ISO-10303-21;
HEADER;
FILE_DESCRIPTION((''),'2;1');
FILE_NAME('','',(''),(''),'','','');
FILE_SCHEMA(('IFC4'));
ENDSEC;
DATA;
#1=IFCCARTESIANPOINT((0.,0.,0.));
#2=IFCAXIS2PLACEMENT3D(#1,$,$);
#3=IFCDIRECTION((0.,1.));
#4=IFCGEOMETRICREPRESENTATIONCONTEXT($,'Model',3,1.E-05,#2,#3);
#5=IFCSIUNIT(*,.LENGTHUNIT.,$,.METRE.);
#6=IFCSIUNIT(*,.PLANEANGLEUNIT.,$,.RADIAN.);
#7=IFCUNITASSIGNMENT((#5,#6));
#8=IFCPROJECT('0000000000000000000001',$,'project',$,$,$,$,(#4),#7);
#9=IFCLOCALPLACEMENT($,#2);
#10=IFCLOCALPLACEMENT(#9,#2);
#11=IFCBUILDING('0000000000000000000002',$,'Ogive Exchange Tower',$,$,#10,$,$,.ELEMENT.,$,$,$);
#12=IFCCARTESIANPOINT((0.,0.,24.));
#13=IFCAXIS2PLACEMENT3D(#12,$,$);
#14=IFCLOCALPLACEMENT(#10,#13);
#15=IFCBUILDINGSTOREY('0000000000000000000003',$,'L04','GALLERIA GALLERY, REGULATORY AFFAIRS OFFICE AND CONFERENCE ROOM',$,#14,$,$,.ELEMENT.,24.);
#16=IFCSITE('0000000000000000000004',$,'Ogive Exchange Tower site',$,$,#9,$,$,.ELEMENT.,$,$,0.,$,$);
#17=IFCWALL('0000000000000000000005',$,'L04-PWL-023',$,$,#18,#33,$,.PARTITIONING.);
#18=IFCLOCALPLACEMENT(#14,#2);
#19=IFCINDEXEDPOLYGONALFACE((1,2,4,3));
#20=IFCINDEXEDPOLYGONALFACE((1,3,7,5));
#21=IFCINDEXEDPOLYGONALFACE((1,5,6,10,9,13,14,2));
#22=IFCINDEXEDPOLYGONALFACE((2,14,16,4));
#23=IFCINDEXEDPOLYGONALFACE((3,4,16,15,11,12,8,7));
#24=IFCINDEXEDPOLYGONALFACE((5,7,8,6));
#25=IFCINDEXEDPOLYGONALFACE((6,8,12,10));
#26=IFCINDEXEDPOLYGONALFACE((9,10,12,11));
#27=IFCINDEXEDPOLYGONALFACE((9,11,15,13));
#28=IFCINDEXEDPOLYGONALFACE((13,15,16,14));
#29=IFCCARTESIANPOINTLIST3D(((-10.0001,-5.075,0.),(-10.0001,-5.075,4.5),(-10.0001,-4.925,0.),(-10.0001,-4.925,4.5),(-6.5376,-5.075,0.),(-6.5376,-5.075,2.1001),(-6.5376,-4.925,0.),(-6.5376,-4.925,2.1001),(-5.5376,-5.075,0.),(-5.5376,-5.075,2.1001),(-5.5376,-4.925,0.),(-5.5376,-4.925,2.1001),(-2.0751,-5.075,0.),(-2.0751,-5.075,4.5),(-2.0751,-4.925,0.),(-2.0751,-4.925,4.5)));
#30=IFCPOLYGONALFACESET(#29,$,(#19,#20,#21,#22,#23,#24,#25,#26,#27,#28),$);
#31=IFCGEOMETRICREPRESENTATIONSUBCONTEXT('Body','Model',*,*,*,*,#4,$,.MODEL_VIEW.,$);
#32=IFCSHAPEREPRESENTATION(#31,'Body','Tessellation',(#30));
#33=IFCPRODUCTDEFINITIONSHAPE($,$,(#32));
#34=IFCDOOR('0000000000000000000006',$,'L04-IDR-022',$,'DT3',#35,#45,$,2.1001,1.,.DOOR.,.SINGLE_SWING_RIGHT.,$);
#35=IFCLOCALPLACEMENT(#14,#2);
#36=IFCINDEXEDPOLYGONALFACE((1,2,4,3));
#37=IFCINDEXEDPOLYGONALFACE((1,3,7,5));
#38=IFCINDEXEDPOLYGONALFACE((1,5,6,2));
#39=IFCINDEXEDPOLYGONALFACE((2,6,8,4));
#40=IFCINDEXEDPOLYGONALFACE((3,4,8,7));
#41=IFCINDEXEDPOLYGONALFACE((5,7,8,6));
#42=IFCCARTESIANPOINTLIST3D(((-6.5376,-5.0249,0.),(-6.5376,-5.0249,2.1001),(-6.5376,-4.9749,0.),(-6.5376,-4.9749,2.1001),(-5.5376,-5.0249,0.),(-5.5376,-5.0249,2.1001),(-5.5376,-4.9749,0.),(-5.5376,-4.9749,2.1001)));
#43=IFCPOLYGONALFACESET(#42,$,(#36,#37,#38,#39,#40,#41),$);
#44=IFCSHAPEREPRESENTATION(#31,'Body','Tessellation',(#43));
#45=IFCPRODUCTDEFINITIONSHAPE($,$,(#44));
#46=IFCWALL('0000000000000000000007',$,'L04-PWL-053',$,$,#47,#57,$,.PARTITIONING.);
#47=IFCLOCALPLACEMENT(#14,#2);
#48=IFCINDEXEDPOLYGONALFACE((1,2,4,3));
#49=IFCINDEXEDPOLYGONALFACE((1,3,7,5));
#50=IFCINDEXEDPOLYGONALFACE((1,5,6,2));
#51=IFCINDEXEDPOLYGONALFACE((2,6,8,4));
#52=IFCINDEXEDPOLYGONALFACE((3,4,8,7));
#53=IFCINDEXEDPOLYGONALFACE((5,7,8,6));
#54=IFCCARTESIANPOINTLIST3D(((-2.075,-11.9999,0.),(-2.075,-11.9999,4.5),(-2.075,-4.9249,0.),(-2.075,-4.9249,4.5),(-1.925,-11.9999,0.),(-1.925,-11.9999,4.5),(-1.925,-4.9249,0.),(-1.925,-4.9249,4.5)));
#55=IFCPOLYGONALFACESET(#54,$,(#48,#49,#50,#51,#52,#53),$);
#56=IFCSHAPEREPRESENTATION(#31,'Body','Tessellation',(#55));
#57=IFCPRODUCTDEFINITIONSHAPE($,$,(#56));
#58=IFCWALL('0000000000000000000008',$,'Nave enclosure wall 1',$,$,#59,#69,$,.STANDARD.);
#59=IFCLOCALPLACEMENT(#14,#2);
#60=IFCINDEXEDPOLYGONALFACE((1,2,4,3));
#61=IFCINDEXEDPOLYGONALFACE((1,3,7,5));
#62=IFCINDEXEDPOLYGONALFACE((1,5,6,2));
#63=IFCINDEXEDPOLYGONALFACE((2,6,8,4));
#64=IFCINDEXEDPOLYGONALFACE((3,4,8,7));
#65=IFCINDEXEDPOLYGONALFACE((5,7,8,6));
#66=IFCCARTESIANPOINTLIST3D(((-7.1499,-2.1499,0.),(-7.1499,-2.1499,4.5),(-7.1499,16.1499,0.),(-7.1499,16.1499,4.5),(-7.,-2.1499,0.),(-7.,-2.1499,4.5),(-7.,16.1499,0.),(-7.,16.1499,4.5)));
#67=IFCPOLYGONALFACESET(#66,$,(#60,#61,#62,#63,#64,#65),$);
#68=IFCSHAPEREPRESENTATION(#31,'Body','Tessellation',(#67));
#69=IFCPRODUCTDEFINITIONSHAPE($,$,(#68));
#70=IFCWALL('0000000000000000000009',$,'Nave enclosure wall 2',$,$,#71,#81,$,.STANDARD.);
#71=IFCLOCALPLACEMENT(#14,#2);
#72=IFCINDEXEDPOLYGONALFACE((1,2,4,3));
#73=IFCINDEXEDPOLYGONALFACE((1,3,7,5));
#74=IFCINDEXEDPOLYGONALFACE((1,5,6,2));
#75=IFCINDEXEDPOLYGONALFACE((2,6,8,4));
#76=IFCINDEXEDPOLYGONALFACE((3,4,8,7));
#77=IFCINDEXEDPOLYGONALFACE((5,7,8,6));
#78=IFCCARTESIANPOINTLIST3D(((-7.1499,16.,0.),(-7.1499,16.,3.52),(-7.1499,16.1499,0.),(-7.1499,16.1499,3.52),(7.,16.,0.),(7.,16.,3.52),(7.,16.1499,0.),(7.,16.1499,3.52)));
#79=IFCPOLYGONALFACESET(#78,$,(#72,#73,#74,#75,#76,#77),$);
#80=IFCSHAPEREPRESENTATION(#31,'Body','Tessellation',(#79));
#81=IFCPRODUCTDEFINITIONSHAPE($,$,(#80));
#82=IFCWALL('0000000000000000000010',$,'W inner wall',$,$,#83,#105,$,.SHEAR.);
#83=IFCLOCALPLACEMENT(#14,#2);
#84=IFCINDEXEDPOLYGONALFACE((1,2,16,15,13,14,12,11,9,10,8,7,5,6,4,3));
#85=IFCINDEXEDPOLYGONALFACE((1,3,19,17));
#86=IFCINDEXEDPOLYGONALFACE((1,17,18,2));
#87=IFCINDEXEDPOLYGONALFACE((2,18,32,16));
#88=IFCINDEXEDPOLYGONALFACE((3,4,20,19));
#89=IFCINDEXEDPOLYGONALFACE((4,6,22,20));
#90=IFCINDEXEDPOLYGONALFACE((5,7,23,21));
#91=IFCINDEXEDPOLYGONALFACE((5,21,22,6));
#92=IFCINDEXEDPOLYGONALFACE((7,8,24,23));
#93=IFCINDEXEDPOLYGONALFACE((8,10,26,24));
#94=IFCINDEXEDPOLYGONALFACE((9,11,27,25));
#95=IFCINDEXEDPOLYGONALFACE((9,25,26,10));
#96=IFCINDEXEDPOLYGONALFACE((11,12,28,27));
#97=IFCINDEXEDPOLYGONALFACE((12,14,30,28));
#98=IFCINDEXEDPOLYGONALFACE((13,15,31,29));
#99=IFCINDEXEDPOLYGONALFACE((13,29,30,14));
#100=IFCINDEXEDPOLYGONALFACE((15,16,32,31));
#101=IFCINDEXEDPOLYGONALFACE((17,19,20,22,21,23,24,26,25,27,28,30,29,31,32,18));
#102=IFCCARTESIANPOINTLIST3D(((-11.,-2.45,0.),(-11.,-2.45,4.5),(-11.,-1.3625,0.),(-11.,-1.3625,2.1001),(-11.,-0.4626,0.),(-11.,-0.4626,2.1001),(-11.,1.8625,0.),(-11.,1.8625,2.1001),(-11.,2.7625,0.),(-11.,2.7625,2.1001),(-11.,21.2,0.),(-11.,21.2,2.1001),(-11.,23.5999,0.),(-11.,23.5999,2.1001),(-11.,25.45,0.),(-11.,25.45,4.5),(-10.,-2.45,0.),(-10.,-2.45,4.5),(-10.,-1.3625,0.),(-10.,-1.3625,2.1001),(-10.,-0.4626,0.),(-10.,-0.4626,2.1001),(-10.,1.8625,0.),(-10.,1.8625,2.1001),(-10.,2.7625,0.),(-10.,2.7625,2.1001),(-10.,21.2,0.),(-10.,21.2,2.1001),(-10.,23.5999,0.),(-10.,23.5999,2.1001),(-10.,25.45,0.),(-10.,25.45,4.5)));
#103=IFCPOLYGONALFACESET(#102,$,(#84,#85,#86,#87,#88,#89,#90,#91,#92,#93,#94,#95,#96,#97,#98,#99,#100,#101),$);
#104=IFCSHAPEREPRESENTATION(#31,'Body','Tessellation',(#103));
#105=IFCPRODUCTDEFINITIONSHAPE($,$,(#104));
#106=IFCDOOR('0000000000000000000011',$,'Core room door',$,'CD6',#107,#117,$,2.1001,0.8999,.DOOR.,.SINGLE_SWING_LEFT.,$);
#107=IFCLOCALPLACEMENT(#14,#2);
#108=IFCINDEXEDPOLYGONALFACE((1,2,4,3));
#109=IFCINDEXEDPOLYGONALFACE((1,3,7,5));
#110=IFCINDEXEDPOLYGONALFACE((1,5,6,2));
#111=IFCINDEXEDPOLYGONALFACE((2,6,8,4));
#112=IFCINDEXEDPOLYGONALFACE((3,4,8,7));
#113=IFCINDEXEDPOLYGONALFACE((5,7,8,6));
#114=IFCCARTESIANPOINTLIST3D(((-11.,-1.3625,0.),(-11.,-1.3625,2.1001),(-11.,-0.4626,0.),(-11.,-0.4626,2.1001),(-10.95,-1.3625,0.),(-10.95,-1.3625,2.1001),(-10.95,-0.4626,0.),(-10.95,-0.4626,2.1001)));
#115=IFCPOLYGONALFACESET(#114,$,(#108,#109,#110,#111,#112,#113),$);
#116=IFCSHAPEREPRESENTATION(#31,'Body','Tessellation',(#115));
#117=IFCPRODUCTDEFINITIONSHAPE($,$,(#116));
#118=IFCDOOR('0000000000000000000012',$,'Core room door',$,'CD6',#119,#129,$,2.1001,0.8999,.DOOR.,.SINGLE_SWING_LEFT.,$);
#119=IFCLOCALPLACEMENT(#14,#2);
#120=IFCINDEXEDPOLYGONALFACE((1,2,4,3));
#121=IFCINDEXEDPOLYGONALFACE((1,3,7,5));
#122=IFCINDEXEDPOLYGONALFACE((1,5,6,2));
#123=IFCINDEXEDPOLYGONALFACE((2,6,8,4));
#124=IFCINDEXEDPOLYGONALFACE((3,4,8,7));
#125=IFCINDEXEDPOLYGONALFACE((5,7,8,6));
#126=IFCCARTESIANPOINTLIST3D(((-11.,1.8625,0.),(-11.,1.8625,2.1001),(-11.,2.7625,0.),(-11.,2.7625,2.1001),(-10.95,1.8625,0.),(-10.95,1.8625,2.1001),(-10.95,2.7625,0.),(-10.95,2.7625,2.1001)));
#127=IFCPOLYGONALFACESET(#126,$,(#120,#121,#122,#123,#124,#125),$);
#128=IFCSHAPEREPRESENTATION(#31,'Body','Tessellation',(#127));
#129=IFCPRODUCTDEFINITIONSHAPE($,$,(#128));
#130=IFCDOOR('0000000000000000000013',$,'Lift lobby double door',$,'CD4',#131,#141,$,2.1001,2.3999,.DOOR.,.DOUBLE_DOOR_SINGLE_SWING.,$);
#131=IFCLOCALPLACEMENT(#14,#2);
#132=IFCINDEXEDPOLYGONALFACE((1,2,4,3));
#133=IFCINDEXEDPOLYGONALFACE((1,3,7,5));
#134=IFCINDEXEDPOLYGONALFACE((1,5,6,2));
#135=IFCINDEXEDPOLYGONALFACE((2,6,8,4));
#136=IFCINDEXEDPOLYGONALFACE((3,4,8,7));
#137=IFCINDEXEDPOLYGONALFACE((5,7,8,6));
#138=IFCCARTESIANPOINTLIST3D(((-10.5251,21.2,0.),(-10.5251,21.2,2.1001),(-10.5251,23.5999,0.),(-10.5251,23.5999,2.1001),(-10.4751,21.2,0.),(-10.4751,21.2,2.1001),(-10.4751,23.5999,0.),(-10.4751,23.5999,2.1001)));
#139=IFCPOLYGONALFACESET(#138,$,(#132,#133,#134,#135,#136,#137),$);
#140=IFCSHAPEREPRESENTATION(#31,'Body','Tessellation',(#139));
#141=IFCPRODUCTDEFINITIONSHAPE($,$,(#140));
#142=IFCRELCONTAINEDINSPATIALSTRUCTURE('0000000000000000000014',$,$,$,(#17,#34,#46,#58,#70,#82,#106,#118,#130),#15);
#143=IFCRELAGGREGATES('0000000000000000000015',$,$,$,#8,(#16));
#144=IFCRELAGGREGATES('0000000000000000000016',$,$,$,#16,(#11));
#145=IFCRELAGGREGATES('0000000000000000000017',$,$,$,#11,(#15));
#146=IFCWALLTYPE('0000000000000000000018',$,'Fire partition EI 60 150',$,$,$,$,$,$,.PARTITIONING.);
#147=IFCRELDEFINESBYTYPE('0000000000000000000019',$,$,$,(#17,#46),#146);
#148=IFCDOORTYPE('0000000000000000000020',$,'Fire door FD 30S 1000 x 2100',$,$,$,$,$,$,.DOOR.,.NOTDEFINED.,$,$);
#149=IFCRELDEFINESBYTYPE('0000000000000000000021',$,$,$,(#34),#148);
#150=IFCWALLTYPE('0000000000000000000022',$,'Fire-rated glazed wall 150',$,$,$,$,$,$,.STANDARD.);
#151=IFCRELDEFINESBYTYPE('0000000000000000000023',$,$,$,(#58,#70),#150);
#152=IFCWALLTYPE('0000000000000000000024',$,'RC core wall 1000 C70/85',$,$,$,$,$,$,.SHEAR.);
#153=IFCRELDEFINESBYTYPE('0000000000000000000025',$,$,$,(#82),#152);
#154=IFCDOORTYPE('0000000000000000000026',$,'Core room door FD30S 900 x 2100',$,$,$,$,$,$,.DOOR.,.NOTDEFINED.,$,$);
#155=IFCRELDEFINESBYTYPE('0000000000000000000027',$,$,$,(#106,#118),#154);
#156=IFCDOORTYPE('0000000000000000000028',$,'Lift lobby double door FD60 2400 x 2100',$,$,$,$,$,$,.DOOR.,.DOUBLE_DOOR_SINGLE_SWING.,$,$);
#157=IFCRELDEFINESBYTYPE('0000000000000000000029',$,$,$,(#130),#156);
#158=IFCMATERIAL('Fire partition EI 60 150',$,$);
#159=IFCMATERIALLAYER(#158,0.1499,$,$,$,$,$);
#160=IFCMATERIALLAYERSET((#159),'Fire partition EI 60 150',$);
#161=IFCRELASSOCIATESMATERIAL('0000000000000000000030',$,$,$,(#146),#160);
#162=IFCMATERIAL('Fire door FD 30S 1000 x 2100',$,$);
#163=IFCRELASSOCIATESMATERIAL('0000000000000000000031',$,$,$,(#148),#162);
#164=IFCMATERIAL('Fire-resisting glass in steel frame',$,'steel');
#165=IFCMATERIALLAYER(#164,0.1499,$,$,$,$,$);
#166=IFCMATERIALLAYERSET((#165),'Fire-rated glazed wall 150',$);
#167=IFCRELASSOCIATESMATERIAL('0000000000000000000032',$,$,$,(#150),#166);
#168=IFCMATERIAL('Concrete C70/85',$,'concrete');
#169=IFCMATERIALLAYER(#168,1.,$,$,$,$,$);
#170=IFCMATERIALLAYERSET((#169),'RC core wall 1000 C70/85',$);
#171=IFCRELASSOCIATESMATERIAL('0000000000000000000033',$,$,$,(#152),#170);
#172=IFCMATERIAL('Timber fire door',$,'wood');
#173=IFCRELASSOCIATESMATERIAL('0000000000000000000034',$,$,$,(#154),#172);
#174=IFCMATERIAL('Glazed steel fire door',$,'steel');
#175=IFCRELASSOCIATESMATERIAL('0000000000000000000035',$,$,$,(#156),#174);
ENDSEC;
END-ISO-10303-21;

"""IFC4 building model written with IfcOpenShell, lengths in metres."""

from ifc_helpers import new_model, si_unit, direction, frame, frame_2d, origin, place, context, subcontext, project, spatial, rectangle, extrude, material, layer, layer_set, type_object, element, fill, save


model = new_model("IFC4")

# Units and contexts
model_context = context("Model", 3, precision=1e-05, world=origin(), true_north=direction((0.0, 1.0)))
body_context = subcontext(model_context, "Body", "Model", "MODEL_VIEW")
ifc_project = project(units=[si_unit("LENGTHUNIT", "METRE"), si_unit("PLANEANGLEUNIT", "RADIAN")], contexts=[model_context])

# Site, building, storey
site_placement = place(None, origin())
site = spatial("IfcSite", under=ifc_project, at=site_placement, Name="Ogive Exchange Tower site", CompositionType="ELEMENT", RefElevation=0.0)
building_placement = place(site_placement, origin())
building = spatial("IfcBuilding", under=site, at=building_placement, Name="Ogive Exchange Tower", CompositionType="ELEMENT")
storey_placement = place(building_placement, frame((0.0, 0.0, 24.0)))
storey = spatial("IfcBuildingStorey", under=building, at=storey_placement, Name="L04", Description="GALLERIA GALLERY, REGULATORY AFFAIRS OFFICE AND CONFERENCE ROOM", CompositionType="ELEMENT", Elevation=24.0)

# Wall, opening, door
ifc_material_1 = material(Name="Fire partition EI 60 150")
ifc_layer_1 = layer(ifc_material_1, 0.1499)
ifc_layer_set_1 = layer_set([ifc_layer_1], Name="Fire partition EI 60 150")
wall_type_1 = type_object("IfcWallType", Name="Fire partition EI 60 150", PredefinedType="PARTITIONING", material=ifc_layer_set_1)
wall_1_placement = place(storey_placement, frame((-10.0, -5.0, 0.0), z_axis=(0.0, 0.0, 1.0), x_axis=(1.0, 0.0, 0.0)))
wall_1 = element("IfcWall", 1, at=wall_1_placement, inside=storey, type_object=wall_type_1, Name="L04-PWL-023", PredefinedType="PARTITIONING", context=body_context, shape_type="SweptSolid", body=[
    extrude(rectangle(XDim=7.925, YDim=0.1499, at=frame_2d((3.9624, 0.0))), origin(), (0.0, 0.0, 1.0), 4.5),
])
opening_1_placement = place(wall_1_placement, frame((3.4624, 0.0, 0.0)))
opening_1 = element("IfcOpeningElement", 2, at=opening_1_placement, cuts=wall_1, PredefinedType="OPENING", context=body_context, shape_type="SweptSolid", body=[
    extrude(rectangle(XDim=1.0, YDim=2.1001, at=frame_2d((0.5, 1.05))), frame((0.0, 0.085, 0.0), z_axis=(0.0, -1.0, 0.0), x_axis=(1.0, 0.0, 0.0)), (0.0, 0.0, 1.0), 0.1699),
])
ifc_material_2 = material(Name="Fire door FD 30S 1000 x 2100")
door_type_1 = type_object("IfcDoorType", Name="Fire door FD 30S 1000 x 2100", OperationType="NOTDEFINED", PredefinedType="DOOR", material=ifc_material_2)
door_1_placement = place(opening_1_placement, frame((1.0, 0.0, 0.0), z_axis=(0.0, 0.0, 1.0), x_axis=(-1.0, 0.0, 0.0)))
door_1 = element("IfcDoor", 3, at=door_1_placement, inside=storey, type_object=door_type_1, Name="L04-IDR-022", ObjectType="DT3", OperationType="SINGLE_SWING_RIGHT", OverallHeight=2.1001, OverallWidth=1.0, PredefinedType="DOOR", context=body_context, shape_type="SweptSolid", body=[
    extrude(rectangle(XDim=1.0, YDim=2.1001, at=frame_2d((0.5, 1.05))), frame((0.0, 0.0249, 0.0), z_axis=(0.0, -1.0, 0.0), x_axis=(1.0, 0.0, 0.0)), (0.0, 0.0, 1.0), 0.05),
])
fill(opening_1, door_1)

# Walls
wall_2_placement = place(storey_placement, frame((-2.0, -12.0, 0.0), z_axis=(0.0, 0.0, 1.0), x_axis=(0.0, 1.0, 0.0)))
element("IfcWall", 4, at=wall_2_placement, inside=storey, type_object=wall_type_1, Name="L04-PWL-053", PredefinedType="PARTITIONING", context=body_context, shape_type="SweptSolid", body=[
    extrude(rectangle(XDim=7.075, YDim=0.1499, at=frame_2d((3.5376, 0.0))), origin(), (0.0, 0.0, 1.0), 4.5),
])
ifc_material_3 = material(Name="Fire-resisting glass in steel frame", Category="steel")
ifc_layer_2 = layer(ifc_material_3, 0.1499)
ifc_layer_set_2 = layer_set([ifc_layer_2], Name="Fire-rated glazed wall 150")
wall_type_2 = type_object("IfcWallType", Name="Fire-rated glazed wall 150", PredefinedType="STANDARD", material=ifc_layer_set_2)
wall_3_placement = place(storey_placement, frame((-7.075, -2.1499, 0.0), z_axis=(0.0, 0.0, 1.0), x_axis=(0.0, 1.0, 0.0)))
element("IfcWall", 5, at=wall_3_placement, inside=storey, type_object=wall_type_2, Name="Nave enclosure wall 1", PredefinedType="STANDARD", context=body_context, shape_type="SweptSolid", body=[
    extrude(rectangle(XDim=18.2998, YDim=0.1499, at=frame_2d((9.1499, 0.0))), origin(), (0.0, 0.0, 1.0), 4.5),
])
wall_4_placement = place(storey_placement, frame((-7.1499, 16.075, 0.0), z_axis=(0.0, 0.0, 1.0), x_axis=(1.0, 0.0, 0.0)))
element("IfcWall", 6, at=wall_4_placement, inside=storey, type_object=wall_type_2, Name="Nave enclosure wall 2", PredefinedType="STANDARD", context=body_context, shape_type="SweptSolid", body=[
    extrude(rectangle(XDim=14.1499, YDim=0.1499, at=frame_2d((7.075, 0.0))), origin(), (0.0, 0.0, 1.0), 3.52),
])

# Wall, openings, doors
ifc_material_4 = material(Name="Concrete C70/85", Category="concrete")
ifc_layer_3 = layer(ifc_material_4, 1.0)
ifc_layer_set_3 = layer_set([ifc_layer_3], Name="RC core wall 1000 C70/85")
wall_type_3 = type_object("IfcWallType", Name="RC core wall 1000 C70/85", PredefinedType="SHEAR", material=ifc_layer_set_3)
wall_5_placement = place(storey_placement, frame((-10.5, -2.45, 0.0), z_axis=(0.0, 0.0, 1.0), x_axis=(0.0, 1.0, 0.0)))
wall_5 = element("IfcWall", 7, at=wall_5_placement, inside=storey, type_object=wall_type_3, Name="W inner wall", PredefinedType="SHEAR", context=body_context, shape_type="SweptSolid", body=[
    extrude(rectangle(XDim=27.8999, YDim=1.0, at=frame_2d((13.95, 0.0))), origin(), (0.0, 0.0, 1.0), 4.5),
])
opening_2_placement = place(wall_5_placement, frame((23.6499, 0.0, 0.0)))
opening_2 = element("IfcOpeningElement", 8, at=opening_2_placement, cuts=wall_5, PredefinedType="OPENING", context=body_context, shape_type="SweptSolid", body=[
    extrude(rectangle(XDim=2.3999, YDim=2.1001, at=frame_2d((1.2, 1.05))), frame((0.0, 0.51, 0.0), z_axis=(0.0, -1.0, 0.0), x_axis=(1.0, 0.0, 0.0)), (0.0, 0.0, 1.0), 1.02),
])
opening_3_placement = place(wall_5_placement, frame((1.0874, 0.0, 0.0)))
opening_3 = element("IfcOpeningElement", 9, at=opening_3_placement, cuts=wall_5, PredefinedType="OPENING", context=body_context, shape_type="SweptSolid", body=[
    extrude(rectangle(XDim=0.8999, YDim=2.1001, at=frame_2d((0.45, 1.05))), frame((0.0, 0.51, 0.0), z_axis=(0.0, -1.0, 0.0), x_axis=(1.0, 0.0, 0.0)), (0.0, 0.0, 1.0), 1.02),
])
opening_4_placement = place(wall_5_placement, frame((4.3125, 0.0, 0.0)))
opening_4 = element("IfcOpeningElement", 10, at=opening_4_placement, cuts=wall_5, PredefinedType="OPENING", context=body_context, shape_type="SweptSolid", body=[
    extrude(rectangle(XDim=0.8999, YDim=2.1001, at=frame_2d((0.45, 1.05))), frame((0.0, 0.51, 0.0), z_axis=(0.0, -1.0, 0.0), x_axis=(1.0, 0.0, 0.0)), (0.0, 0.0, 1.0), 1.02),
])
ifc_material_5 = material(Name="Timber fire door", Category="wood")
door_type_2 = type_object("IfcDoorType", Name="Core room door FD30S 900 x 2100", OperationType="NOTDEFINED", PredefinedType="DOOR", material=ifc_material_5)
door_2_placement = place(opening_3_placement, origin())
door_2 = element("IfcDoor", 11, at=door_2_placement, inside=storey, type_object=door_type_2, Name="Core room door", ObjectType="CD6", OperationType="SINGLE_SWING_LEFT", OverallHeight=2.1001, OverallWidth=0.8999, PredefinedType="DOOR", context=body_context, shape_type="SweptSolid", body=[
    extrude(rectangle(XDim=0.8999, YDim=2.1001, at=frame_2d((0.45, 1.05))), frame((0.0, 0.5, 0.0), z_axis=(0.0, -1.0, 0.0), x_axis=(1.0, 0.0, 0.0)), (0.0, 0.0, 1.0), 0.05),
])
fill(opening_3, door_2)
door_3_placement = place(opening_4_placement, origin())
door_3 = element("IfcDoor", 12, at=door_3_placement, inside=storey, type_object=door_type_2, Name="Core room door", ObjectType="CD6", OperationType="SINGLE_SWING_LEFT", OverallHeight=2.1001, OverallWidth=0.8999, PredefinedType="DOOR", context=body_context, shape_type="SweptSolid", body=[
    extrude(rectangle(XDim=0.8999, YDim=2.1001, at=frame_2d((0.45, 1.05))), frame((0.0, 0.5, 0.0), z_axis=(0.0, -1.0, 0.0), x_axis=(1.0, 0.0, 0.0)), (0.0, 0.0, 1.0), 0.05),
])
fill(opening_4, door_3)
ifc_material_6 = material(Name="Glazed steel fire door", Category="steel")
door_type_3 = type_object("IfcDoorType", Name="Lift lobby double door FD60 2400 x 2100", OperationType="DOUBLE_DOOR_SINGLE_SWING", PredefinedType="DOOR", material=ifc_material_6)
door_4_placement = place(opening_2_placement, frame((2.3999, 0.0, 0.0), z_axis=(0.0, 0.0, 1.0), x_axis=(-1.0, 0.0, 0.0)))
door_4 = element("IfcDoor", 13, at=door_4_placement, inside=storey, type_object=door_type_3, Name="Lift lobby double door", ObjectType="CD4", OperationType="DOUBLE_DOOR_SINGLE_SWING", OverallHeight=2.1001, OverallWidth=2.3999, PredefinedType="DOOR", context=body_context, shape_type="SweptSolid", body=[
    extrude(rectangle(XDim=2.3999, YDim=2.1001, at=frame_2d((1.2, 1.05))), frame((0.0, 0.0249, 0.0), z_axis=(0.0, -1.0, 0.0), x_axis=(1.0, 0.0, 0.0)), (0.0, 0.0, 1.0), 0.05),
])
fill(opening_2, door_4)

save(model, "model.ifc")
